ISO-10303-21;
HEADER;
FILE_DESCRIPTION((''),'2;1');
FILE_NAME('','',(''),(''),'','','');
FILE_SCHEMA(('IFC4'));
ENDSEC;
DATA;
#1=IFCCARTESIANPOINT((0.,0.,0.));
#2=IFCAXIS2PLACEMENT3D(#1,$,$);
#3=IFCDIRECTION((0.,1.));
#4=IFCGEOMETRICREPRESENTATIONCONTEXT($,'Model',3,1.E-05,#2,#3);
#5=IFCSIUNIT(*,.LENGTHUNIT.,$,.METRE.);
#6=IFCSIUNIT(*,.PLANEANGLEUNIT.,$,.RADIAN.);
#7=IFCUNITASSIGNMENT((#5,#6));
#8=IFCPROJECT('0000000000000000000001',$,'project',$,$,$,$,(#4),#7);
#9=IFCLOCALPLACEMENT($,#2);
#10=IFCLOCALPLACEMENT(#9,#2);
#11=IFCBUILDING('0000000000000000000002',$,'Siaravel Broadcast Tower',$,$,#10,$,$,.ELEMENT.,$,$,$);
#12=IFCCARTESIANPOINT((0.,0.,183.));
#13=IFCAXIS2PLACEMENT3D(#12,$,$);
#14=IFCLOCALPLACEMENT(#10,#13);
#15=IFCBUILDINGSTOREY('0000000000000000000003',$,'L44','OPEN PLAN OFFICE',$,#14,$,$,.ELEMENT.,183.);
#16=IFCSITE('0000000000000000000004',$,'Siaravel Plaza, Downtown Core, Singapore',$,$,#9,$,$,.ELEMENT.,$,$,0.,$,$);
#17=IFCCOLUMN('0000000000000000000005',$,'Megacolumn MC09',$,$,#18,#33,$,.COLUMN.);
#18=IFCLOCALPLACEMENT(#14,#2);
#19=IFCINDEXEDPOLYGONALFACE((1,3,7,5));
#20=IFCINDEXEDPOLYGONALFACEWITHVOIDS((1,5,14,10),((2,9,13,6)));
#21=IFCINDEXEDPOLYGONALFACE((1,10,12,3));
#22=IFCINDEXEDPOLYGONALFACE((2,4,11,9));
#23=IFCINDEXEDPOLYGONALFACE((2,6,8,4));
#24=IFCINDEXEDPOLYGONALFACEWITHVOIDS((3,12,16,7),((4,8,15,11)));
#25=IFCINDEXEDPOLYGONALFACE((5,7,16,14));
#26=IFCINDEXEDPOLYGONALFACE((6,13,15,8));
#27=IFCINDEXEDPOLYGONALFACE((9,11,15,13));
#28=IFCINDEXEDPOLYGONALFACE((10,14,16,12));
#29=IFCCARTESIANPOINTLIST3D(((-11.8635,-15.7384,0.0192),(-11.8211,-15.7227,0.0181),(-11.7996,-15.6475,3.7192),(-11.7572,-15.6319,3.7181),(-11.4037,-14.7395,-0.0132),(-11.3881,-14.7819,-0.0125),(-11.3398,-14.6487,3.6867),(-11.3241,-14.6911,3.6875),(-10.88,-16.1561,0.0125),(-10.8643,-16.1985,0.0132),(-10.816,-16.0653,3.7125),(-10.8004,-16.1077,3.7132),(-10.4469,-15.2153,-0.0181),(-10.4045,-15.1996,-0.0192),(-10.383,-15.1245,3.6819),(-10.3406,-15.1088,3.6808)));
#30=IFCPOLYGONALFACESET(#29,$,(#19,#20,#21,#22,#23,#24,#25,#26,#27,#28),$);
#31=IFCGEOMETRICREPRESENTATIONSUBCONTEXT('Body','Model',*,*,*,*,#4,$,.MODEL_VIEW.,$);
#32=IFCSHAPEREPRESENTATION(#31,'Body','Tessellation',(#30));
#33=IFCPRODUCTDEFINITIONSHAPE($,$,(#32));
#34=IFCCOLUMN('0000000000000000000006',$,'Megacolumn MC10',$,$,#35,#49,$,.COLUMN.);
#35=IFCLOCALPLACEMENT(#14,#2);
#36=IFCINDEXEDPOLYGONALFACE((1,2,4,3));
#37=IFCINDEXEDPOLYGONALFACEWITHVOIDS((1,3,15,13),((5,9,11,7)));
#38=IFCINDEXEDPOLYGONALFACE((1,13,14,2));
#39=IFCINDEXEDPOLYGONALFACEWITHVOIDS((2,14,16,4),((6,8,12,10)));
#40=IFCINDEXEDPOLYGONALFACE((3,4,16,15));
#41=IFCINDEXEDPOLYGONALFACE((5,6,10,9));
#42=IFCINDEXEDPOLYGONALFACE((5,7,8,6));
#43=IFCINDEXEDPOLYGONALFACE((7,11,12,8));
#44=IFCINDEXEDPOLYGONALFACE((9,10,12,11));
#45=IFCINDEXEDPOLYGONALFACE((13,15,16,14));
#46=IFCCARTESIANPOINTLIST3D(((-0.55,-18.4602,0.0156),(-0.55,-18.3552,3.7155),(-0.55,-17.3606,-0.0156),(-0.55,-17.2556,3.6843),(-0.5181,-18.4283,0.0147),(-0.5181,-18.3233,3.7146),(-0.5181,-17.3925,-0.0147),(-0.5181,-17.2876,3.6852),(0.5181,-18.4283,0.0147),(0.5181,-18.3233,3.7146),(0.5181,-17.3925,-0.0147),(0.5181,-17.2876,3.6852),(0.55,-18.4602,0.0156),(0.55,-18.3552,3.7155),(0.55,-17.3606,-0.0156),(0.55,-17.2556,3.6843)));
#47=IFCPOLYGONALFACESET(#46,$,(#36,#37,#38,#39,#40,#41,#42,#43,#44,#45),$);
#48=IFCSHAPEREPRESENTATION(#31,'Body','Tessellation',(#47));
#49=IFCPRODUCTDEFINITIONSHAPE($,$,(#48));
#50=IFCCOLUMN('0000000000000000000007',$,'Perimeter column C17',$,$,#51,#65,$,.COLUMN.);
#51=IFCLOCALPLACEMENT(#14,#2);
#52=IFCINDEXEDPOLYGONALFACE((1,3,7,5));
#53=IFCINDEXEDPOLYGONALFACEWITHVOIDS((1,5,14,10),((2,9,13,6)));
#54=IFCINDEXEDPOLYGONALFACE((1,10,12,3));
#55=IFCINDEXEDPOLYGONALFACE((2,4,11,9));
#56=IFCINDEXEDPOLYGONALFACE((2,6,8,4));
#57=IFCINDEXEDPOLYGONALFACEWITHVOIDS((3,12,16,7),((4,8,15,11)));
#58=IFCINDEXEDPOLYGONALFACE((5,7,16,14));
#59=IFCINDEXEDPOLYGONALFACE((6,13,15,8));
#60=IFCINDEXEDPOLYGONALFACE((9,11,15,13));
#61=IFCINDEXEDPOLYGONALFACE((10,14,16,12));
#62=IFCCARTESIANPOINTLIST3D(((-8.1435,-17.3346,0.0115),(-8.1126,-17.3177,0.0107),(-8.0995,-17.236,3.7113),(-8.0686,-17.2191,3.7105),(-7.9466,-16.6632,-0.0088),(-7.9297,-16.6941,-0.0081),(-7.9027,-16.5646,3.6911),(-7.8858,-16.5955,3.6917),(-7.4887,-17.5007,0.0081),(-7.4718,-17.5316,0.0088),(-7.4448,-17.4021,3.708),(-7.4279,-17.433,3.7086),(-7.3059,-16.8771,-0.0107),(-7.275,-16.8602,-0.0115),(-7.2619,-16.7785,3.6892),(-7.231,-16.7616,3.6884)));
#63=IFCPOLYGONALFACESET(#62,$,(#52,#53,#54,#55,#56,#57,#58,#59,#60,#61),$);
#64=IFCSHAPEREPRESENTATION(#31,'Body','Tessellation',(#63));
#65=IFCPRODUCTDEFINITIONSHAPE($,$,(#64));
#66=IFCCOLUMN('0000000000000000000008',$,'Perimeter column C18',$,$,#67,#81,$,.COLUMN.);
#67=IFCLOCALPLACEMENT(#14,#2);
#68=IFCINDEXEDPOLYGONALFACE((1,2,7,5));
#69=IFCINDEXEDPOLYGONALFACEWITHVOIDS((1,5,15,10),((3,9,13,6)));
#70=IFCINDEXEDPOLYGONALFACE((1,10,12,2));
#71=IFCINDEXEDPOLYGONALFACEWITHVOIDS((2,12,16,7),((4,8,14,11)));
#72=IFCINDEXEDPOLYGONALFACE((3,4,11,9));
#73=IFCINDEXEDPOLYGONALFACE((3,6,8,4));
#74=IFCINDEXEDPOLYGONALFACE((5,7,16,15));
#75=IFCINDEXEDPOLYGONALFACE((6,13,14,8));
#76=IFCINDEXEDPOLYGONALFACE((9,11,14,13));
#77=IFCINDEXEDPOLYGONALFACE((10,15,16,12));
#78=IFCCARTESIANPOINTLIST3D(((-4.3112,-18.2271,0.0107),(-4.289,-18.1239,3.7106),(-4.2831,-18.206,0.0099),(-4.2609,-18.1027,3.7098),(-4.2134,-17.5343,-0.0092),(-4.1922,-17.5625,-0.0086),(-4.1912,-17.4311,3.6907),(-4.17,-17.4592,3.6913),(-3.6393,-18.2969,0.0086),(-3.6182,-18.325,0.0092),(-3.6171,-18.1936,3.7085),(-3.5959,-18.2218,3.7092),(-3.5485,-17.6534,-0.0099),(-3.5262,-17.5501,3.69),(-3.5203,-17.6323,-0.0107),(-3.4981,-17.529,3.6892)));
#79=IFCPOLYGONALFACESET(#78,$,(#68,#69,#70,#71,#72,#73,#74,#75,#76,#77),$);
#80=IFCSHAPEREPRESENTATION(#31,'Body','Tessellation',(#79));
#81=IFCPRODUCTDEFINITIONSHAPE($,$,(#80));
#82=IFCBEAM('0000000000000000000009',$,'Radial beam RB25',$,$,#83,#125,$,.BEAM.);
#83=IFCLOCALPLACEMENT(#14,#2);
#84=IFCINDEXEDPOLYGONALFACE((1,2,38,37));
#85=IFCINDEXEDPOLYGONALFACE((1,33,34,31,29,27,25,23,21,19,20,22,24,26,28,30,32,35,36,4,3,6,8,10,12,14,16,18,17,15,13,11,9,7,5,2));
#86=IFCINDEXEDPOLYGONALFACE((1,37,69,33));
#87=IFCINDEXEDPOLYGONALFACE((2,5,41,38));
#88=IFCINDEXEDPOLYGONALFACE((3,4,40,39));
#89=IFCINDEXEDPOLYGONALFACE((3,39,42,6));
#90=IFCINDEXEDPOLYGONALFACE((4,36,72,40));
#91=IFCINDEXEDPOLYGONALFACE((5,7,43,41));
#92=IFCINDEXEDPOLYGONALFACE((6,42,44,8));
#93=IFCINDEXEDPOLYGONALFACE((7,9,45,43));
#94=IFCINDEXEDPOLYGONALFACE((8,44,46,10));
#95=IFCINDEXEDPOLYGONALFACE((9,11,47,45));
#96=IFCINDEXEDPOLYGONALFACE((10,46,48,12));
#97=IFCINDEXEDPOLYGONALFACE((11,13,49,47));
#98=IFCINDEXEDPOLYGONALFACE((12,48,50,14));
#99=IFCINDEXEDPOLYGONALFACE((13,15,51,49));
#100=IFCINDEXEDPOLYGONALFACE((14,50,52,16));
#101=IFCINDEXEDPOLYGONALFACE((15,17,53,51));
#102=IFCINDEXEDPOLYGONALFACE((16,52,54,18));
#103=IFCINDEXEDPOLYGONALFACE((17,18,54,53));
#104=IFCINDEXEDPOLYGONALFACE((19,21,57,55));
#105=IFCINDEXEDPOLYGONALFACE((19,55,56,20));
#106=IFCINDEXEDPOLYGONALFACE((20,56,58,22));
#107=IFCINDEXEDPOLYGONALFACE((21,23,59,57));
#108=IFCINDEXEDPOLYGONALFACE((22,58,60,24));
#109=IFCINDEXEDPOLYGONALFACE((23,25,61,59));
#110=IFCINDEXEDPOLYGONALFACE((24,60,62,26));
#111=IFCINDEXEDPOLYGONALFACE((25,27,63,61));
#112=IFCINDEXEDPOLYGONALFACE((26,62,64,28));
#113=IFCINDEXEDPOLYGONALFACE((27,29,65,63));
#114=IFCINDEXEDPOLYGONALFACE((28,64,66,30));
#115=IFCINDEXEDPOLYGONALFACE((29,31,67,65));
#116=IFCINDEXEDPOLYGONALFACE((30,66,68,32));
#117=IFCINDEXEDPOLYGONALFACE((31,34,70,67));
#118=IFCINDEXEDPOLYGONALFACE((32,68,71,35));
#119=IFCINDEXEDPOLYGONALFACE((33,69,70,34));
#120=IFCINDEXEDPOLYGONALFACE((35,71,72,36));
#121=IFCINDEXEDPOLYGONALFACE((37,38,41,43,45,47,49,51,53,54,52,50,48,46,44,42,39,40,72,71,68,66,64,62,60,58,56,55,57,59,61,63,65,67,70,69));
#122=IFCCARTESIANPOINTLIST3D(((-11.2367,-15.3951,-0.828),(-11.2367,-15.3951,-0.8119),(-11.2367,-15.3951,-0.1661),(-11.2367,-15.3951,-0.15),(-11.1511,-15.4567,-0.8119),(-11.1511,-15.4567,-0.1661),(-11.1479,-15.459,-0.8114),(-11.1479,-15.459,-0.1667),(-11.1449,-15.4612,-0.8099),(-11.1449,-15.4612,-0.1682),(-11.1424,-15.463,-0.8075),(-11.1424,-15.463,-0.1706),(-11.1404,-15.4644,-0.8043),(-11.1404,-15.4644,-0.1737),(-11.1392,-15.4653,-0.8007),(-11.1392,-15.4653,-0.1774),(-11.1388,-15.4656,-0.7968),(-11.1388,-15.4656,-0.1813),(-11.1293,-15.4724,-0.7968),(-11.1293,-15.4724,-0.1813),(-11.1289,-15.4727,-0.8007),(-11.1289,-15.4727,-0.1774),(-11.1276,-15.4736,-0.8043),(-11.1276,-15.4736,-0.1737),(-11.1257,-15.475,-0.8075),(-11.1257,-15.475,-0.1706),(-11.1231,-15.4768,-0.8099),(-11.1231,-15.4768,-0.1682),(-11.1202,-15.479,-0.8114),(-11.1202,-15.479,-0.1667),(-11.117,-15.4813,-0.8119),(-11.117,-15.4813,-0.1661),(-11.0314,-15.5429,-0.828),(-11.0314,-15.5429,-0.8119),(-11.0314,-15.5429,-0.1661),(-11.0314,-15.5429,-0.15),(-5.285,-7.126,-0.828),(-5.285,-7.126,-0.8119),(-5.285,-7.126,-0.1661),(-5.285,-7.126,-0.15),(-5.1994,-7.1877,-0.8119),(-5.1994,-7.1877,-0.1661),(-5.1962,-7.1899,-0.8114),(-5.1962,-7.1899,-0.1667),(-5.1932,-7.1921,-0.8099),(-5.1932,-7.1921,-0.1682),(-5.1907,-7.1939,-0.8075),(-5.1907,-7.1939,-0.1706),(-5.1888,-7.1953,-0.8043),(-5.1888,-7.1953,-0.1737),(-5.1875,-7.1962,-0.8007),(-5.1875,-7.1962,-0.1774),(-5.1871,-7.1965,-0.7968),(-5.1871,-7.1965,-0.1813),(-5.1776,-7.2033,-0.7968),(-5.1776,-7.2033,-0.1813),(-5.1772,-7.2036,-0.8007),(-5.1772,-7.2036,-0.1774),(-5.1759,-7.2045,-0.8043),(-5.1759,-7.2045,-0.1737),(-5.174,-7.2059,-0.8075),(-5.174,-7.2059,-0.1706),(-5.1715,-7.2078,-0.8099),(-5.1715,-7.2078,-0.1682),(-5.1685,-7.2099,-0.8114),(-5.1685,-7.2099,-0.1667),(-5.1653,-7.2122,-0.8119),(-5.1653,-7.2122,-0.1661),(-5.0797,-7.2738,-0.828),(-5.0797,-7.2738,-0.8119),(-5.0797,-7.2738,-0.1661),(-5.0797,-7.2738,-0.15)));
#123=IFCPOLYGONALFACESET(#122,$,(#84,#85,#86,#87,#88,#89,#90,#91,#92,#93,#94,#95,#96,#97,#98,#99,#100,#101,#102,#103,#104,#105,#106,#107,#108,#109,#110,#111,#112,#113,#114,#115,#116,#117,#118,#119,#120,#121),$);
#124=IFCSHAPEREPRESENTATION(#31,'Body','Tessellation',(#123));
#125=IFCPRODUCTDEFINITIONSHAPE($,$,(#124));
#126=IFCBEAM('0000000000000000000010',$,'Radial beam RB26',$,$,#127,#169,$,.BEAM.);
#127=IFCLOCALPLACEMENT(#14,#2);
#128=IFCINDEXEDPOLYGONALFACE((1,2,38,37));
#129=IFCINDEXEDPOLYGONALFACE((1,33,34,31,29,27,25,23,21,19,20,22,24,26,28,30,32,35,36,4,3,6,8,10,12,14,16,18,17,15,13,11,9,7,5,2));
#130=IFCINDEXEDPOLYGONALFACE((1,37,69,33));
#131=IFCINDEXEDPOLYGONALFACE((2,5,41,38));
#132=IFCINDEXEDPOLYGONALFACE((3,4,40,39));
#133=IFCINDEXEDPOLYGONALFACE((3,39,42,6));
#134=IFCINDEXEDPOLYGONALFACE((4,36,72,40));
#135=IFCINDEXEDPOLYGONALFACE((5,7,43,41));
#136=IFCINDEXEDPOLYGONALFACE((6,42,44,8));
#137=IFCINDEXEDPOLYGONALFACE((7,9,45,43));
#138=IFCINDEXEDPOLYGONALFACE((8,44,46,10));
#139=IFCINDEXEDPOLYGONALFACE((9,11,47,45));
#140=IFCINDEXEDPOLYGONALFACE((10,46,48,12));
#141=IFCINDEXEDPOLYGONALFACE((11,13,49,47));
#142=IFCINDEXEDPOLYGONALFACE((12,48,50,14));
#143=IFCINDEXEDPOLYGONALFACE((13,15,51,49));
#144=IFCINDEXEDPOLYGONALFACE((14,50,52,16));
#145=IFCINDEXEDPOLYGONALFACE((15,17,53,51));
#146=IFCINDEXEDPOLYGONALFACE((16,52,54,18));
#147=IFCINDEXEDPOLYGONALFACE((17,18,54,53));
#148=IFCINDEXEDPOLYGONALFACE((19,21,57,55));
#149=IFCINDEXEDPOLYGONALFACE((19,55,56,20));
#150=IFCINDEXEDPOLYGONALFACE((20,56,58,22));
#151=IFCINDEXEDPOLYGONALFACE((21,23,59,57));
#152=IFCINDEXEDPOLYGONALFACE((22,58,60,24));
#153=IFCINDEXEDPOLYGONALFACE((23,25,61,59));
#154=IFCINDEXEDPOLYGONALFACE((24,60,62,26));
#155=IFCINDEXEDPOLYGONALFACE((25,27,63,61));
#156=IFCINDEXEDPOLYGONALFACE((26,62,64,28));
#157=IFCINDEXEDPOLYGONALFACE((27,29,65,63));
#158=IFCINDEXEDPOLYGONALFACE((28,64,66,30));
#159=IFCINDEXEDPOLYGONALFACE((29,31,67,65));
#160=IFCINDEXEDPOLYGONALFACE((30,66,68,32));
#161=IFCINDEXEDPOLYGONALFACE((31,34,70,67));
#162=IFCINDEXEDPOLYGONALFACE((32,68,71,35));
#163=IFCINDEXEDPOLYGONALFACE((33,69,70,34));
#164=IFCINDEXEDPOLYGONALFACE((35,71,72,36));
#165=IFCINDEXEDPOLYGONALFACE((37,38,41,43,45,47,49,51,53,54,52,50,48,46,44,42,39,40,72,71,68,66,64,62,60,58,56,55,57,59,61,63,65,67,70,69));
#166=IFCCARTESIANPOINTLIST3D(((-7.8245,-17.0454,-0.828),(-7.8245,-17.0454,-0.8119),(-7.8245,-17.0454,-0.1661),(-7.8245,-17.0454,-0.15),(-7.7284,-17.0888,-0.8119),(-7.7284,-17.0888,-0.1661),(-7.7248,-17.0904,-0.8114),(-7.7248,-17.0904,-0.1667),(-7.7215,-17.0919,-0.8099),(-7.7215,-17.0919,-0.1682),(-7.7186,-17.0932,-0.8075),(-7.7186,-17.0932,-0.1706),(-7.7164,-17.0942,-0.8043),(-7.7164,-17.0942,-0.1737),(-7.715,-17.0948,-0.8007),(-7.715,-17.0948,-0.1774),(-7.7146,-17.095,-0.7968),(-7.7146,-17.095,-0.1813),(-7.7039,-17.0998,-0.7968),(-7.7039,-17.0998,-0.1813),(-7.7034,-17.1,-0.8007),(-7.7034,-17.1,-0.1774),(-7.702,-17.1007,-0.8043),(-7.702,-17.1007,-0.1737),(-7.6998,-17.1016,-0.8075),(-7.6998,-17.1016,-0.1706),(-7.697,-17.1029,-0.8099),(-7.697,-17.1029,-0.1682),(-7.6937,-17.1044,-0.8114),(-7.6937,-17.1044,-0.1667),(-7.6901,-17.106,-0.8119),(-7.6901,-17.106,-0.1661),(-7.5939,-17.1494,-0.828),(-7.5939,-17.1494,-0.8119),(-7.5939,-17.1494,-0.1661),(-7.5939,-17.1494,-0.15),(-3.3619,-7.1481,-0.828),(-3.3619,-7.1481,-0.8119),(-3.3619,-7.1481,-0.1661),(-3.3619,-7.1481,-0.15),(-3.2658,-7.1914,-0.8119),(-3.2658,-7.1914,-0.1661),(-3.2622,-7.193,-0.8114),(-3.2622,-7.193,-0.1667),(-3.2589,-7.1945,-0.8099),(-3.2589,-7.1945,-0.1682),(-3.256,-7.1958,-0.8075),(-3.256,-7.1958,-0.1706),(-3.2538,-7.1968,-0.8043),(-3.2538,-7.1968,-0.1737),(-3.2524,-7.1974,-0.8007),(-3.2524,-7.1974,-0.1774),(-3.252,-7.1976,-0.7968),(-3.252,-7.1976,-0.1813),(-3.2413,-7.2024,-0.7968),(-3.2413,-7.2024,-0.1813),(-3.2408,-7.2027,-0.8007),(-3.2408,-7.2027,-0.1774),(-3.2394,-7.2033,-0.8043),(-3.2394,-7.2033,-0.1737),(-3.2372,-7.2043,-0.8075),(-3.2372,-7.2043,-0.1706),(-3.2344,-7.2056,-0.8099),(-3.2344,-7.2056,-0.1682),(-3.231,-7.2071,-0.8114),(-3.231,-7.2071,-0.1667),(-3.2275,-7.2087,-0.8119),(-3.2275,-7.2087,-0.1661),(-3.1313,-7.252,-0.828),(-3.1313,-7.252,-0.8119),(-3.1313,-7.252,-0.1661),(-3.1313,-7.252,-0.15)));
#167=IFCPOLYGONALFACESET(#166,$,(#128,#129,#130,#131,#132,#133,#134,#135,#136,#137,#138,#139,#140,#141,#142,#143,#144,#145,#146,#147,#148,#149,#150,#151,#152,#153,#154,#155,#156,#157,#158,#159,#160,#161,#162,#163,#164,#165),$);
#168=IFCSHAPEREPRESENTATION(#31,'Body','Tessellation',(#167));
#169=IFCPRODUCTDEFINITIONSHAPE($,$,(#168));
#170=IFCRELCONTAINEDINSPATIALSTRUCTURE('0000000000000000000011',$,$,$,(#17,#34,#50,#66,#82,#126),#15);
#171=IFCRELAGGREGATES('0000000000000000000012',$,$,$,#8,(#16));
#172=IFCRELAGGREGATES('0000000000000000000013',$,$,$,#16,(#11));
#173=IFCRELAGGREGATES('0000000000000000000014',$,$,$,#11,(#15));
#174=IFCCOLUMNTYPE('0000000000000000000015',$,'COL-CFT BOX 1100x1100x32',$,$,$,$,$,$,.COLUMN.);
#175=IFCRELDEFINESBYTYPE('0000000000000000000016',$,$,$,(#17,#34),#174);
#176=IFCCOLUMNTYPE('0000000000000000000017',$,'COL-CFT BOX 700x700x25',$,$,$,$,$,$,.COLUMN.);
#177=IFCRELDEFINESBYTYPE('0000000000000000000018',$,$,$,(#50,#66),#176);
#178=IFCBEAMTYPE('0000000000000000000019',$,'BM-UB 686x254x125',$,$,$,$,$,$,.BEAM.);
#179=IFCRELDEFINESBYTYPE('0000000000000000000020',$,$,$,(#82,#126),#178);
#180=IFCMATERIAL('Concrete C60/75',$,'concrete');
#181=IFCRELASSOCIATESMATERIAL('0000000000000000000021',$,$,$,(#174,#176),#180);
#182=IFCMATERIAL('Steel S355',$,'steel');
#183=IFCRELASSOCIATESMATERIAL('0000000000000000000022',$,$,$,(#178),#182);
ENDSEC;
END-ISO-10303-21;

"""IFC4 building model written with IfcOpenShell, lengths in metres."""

from ifc_helpers import new_model, si_unit, direction, frame, origin, origin_2d, place, context, subcontext, project, spatial, hollow_rectangle, i_section, extrude, material, material_profile, profile_set, type_object, element, save


model = new_model("IFC4")

# Units and contexts
model_context = context("Model", 3, precision=1e-05, world=origin(), true_north=direction((0.0, 1.0)))
body_context = subcontext(model_context, "Body", "Model", "MODEL_VIEW")
ifc_project = project(units=[si_unit("LENGTHUNIT", "METRE"), si_unit("PLANEANGLEUNIT", "RADIAN")], contexts=[model_context])

# Site, building, storey
site_placement = place(None, origin())
site = spatial("IfcSite", under=ifc_project, at=site_placement, Name="Siaravel Plaza, Downtown Core, Singapore", CompositionType="ELEMENT", RefElevation=0.0)
building_placement = place(site_placement, origin())
building = spatial("IfcBuilding", under=site, at=building_placement, Name="Siaravel Broadcast Tower", CompositionType="ELEMENT")
storey_placement = place(building_placement, frame((0.0, 0.0, 183.0)))
storey = spatial("IfcBuildingStorey", under=building, at=storey_placement, Name="L44", Description="OPEN PLAN OFFICE", CompositionType="ELEMENT", Elevation=183.0)

# Columns
ifc_material_1 = material(Name="Concrete C60/75", Category="concrete")
ifc_material_profile_1 = material_profile(ifc_material_1, hollow_rectangle(XDim=1.1001, YDim=1.1001, WallThickness=0.032, at=origin_2d()))
ifc_profile_set_1 = profile_set([ifc_material_profile_1], Name="Concrete C60/75")
column_type_1 = type_object("IfcColumnType", Name="COL-CFT BOX 1100x1100x32", PredefinedType="COLUMN", material=ifc_profile_set_1)
column_1_placement = place(storey_placement, frame((-11.134, -15.469, 0.0), z_axis=(0.01728, 0.024535, 0.99955), x_axis=(-0.9083, 0.418284, 0.005435)))
element("IfcColumn", 1, at=column_1_placement, inside=storey, type_object=column_type_1, Name="Megacolumn MC09", PredefinedType="COLUMN", context=body_context, shape_type="SweptSolid", body=[
    extrude(hollow_rectangle(XDim=1.1001, YDim=1.1001, WallThickness=0.032, at=origin_2d()), origin(), (0.0, 0.0, 1.0), 3.7017),
])
column_2_placement = place(storey_placement, frame((0.0, -17.9104, 0.0), z_axis=(0.0, 0.028362, 0.999598), x_axis=(-1.0, 0.0, 0.0)))
element("IfcColumn", 2, at=column_2_placement, inside=storey, type_object=column_type_1, Name="Megacolumn MC10", PredefinedType="COLUMN", context=body_context, shape_type="SweptSolid", body=[
    extrude(hollow_rectangle(XDim=1.1001, YDim=1.1001, WallThickness=0.032, at=origin_2d()), origin(), (0.0, 0.0, 1.0), 3.7014),
])
ifc_material_profile_2 = material_profile(ifc_material_1, hollow_rectangle(XDim=0.7, YDim=0.7, WallThickness=0.0249, at=origin_2d()))
ifc_profile_set_2 = profile_set([ifc_material_profile_2], Name="Concrete C60/75")
column_type_2 = type_object("IfcColumnType", Name="COL-CFT BOX 700x700x25", PredefinedType="COLUMN", material=ifc_profile_set_2)
for number, where, z_axis, x_axis, name in (
    (3, (-7.7092, -17.0974, 0.0), (0.011872, 0.026647, 0.999574), (-0.959561, 0.281474, 0.003893), "Perimeter column C17"),
    (4, (-3.9158, -17.9297, 0.0), (0.006002, 0.0279, 0.999593), (-0.990165, 0.139893, 0.002041), "Perimeter column C18"),
):
    element("IfcColumn", number, at=place(storey_placement, frame(where, z_axis=z_axis, x_axis=x_axis)), inside=storey, type_object=column_type_2, Name=name, PredefinedType="COLUMN", context=body_context, shape_type="SweptSolid", body=[
        extrude(hollow_rectangle(XDim=0.7, YDim=0.7, WallThickness=0.0249, at=origin_2d()), origin(), (0.0, 0.0, 1.0), 3.7014),
    ])

# Beams
ifc_material_2 = material(Name="Steel S355", Category="steel")
ifc_material_profile_3 = material_profile(ifc_material_2, i_section(OverallWidth=0.2529, OverallDepth=0.678, WebThickness=0.0117, FlangeThickness=0.0161, FilletRadius=0.0151, at=origin_2d()))
ifc_profile_set_3 = profile_set([ifc_material_profile_3], Name="Steel S355")
beam_type = type_object("IfcBeamType", Name="BM-UB 686x254x125", PredefinedType="BEAM", material=ifc_profile_set_3)
beam_1_placement = place(storey_placement, frame((-11.134, -15.469, -0.489), z_axis=(0.584172, 0.81163, 0.0), x_axis=(-0.81163, 0.584172, 0.0)))
element("IfcBeam", 5, at=beam_1_placement, inside=storey, type_object=beam_type, Name="Radial beam RB25", PredefinedType="BEAM", context=body_context, shape_type="SweptSolid", body=[
    extrude(i_section(OverallWidth=0.2529, OverallDepth=0.678, WebThickness=0.0117, FlangeThickness=0.0161, FilletRadius=0.0151, at=origin_2d()), origin(), (0.0, 0.0, 1.0), 10.1882),
])
beam_2_placement = place(storey_placement, frame((-7.7092, -17.0974, -0.489), z_axis=(0.411038, 0.911618, 0.0), x_axis=(-0.911618, 0.411038, 0.0)))
element("IfcBeam", 6, at=beam_2_placement, inside=storey, type_object=beam_type, Name="Radial beam RB26", PredefinedType="BEAM", context=body_context, shape_type="SweptSolid", body=[
    extrude(i_section(OverallWidth=0.2529, OverallDepth=0.678, WebThickness=0.0117, FlangeThickness=0.0161, FilletRadius=0.0151, at=origin_2d()), origin(), (0.0, 0.0, 1.0), 10.8569),
])

save(model, "model.ifc")
